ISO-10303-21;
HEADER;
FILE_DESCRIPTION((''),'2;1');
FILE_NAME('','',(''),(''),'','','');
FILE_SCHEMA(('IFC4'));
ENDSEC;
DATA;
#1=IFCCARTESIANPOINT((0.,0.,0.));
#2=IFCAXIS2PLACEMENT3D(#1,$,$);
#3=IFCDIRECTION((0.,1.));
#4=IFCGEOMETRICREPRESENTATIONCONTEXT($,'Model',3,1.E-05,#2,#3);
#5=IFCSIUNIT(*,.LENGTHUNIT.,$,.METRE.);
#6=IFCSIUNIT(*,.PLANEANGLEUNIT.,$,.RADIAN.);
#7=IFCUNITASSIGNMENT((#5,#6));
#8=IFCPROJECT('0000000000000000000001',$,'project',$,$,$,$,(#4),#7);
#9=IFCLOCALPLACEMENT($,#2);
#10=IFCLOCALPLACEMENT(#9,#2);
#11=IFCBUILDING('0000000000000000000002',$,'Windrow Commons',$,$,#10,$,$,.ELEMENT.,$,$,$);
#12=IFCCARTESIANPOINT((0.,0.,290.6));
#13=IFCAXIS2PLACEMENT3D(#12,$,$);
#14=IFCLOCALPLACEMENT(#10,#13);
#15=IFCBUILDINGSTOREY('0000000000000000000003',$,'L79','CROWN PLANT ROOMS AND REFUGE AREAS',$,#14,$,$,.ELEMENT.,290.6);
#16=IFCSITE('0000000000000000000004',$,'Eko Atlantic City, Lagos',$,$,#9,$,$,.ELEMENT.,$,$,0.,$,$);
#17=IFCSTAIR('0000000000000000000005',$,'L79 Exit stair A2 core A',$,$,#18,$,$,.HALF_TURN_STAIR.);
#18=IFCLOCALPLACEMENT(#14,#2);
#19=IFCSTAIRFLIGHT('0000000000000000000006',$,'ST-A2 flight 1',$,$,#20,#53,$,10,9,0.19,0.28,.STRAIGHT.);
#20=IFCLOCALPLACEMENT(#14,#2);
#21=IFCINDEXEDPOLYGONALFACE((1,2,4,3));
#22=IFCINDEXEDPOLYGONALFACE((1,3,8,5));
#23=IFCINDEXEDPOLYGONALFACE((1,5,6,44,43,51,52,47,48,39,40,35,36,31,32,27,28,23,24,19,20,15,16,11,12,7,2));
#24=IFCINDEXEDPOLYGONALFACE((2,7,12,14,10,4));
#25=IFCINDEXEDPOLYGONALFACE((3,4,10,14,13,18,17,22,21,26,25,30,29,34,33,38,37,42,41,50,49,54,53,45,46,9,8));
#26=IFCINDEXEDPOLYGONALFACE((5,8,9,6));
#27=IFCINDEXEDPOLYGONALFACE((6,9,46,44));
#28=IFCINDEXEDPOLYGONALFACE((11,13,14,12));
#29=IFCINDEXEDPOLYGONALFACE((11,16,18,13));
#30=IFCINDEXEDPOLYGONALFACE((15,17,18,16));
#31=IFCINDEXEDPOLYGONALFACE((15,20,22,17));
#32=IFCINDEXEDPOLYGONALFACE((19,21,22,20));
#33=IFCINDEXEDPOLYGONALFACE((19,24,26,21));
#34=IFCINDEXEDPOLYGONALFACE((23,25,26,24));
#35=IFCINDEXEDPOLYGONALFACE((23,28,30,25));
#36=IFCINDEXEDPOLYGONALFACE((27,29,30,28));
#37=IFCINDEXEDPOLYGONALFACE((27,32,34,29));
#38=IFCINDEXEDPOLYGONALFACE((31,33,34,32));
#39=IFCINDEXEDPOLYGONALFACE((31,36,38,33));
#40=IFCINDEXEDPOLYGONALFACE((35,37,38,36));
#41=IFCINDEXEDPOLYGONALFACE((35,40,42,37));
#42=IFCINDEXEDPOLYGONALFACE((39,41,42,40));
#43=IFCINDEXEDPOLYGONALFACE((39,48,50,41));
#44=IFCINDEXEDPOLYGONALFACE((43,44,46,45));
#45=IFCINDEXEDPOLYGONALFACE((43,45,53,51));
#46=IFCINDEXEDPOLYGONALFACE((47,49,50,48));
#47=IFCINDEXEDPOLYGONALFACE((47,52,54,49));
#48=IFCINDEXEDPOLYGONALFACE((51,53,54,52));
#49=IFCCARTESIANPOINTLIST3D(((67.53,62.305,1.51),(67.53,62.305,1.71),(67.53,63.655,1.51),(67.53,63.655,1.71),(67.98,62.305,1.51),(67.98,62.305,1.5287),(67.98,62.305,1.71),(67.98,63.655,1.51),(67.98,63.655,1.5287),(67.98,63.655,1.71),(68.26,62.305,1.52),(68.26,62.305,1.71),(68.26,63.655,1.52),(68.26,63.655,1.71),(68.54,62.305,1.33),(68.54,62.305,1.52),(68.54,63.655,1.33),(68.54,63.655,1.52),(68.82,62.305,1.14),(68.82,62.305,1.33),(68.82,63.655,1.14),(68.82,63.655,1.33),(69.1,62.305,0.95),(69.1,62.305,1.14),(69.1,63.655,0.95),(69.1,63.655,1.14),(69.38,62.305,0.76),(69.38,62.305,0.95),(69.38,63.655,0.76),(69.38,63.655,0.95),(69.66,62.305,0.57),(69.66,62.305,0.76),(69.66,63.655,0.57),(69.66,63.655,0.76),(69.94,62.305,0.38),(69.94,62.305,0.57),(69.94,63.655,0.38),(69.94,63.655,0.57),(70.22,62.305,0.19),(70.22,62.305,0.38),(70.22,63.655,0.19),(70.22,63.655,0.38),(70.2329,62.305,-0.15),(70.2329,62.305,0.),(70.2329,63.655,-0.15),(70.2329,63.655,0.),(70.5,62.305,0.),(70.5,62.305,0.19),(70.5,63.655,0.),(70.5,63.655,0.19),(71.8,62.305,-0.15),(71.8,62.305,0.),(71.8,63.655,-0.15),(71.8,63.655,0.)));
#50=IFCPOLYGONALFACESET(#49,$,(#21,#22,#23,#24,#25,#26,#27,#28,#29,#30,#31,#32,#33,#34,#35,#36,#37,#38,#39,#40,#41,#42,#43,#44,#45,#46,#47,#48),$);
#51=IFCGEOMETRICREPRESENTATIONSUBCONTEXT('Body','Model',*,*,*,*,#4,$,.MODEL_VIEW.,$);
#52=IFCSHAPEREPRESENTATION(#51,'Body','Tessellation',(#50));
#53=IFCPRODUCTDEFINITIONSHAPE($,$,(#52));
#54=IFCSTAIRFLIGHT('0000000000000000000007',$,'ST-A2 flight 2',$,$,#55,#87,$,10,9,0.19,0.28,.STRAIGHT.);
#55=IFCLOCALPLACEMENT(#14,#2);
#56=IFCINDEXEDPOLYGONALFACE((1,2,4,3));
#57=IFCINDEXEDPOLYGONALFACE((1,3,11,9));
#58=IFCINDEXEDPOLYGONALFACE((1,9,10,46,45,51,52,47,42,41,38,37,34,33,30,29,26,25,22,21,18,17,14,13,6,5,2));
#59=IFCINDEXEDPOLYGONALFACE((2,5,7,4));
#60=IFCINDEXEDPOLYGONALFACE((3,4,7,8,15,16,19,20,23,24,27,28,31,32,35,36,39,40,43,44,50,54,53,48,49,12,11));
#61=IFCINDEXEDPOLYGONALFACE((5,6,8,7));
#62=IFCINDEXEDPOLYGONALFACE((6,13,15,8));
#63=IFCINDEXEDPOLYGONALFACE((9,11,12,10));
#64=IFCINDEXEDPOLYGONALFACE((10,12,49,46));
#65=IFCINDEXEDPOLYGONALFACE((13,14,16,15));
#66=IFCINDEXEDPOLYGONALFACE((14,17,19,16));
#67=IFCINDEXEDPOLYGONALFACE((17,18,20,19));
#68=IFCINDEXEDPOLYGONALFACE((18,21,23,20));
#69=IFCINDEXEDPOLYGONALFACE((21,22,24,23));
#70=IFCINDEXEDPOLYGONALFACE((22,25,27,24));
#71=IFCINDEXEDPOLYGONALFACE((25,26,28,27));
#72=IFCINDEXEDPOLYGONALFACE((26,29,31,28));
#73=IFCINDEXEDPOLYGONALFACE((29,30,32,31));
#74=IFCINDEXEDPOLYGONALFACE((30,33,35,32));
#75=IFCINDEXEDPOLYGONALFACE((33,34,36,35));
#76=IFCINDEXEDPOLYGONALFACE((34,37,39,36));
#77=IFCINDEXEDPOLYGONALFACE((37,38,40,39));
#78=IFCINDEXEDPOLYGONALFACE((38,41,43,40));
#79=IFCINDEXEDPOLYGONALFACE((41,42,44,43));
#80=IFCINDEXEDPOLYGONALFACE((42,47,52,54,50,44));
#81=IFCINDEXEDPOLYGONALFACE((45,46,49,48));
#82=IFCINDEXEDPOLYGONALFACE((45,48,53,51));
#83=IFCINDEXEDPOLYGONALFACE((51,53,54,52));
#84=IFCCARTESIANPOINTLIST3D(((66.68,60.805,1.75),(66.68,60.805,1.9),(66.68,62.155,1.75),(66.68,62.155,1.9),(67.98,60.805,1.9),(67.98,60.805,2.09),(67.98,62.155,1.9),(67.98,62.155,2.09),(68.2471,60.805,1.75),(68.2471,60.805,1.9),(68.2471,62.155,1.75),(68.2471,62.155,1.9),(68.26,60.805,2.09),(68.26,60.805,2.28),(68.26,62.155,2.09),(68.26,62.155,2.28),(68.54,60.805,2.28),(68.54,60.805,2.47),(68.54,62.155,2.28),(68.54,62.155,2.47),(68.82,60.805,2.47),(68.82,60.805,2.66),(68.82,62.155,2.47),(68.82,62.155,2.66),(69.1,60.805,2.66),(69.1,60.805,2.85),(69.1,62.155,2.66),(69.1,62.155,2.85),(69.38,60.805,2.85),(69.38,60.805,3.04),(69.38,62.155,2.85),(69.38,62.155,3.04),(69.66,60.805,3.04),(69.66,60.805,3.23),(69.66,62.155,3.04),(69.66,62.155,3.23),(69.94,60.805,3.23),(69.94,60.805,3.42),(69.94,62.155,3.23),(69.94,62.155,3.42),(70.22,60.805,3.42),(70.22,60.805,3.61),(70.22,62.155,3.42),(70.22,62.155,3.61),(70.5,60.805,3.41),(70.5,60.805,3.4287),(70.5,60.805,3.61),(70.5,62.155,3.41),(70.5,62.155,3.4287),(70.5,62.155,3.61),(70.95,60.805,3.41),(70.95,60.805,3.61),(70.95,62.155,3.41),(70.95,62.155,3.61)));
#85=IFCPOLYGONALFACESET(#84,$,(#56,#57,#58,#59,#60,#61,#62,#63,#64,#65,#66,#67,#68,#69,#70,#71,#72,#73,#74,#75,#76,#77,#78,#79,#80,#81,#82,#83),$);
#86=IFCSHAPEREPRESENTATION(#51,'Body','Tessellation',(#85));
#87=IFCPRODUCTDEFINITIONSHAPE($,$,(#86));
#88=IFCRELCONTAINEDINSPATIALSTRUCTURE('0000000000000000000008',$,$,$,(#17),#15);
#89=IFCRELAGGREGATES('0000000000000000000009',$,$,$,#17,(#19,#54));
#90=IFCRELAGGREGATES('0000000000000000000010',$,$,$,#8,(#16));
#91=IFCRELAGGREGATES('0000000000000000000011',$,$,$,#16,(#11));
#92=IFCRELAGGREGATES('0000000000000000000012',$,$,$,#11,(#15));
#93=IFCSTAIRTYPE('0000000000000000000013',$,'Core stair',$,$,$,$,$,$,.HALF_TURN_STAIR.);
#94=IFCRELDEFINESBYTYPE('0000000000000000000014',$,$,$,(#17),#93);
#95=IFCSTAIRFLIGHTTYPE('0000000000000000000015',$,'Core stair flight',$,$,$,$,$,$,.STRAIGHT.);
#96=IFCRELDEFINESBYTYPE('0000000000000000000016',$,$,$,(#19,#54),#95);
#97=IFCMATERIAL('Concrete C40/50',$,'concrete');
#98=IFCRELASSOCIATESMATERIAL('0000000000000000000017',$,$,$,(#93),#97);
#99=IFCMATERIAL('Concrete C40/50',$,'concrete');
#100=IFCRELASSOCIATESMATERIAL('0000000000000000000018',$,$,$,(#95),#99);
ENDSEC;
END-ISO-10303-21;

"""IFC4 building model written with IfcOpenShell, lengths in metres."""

from ifc_helpers import new_model, si_unit, direction, frame, origin, place, context, subcontext, project, spatial, polyline, outline, extrude, material, type_object, element, aggregate, save


model = new_model("IFC4")

# Units and contexts
model_context = context("Model", 3, precision=1e-05, world=origin(), true_north=direction((0.0, 1.0)))
body_context = subcontext(model_context, "Body", "Model", "MODEL_VIEW")
ifc_project = project(units=[si_unit("LENGTHUNIT", "METRE"), si_unit("PLANEANGLEUNIT", "RADIAN")], contexts=[model_context])

# Site, building, storey
site_placement = place(None, origin())
site = spatial("IfcSite", under=ifc_project, at=site_placement, Name="Eko Atlantic City, Lagos", CompositionType="ELEMENT", RefElevation=0.0)
building_placement = place(site_placement, origin())
building = spatial("IfcBuilding", under=site, at=building_placement, Name="Windrow Commons", CompositionType="ELEMENT")
storey_placement = place(building_placement, frame((0.0, 0.0, 290.6)))
storey = spatial("IfcBuildingStorey", under=building, at=storey_placement, Name="L79", Description="CROWN PLANT ROOMS AND REFUGE AREAS", CompositionType="ELEMENT", Elevation=290.6)

# Stair, stair flights
ifc_material_1 = material(Name="Concrete C40/50", Category="concrete")
stair_type = type_object("IfcStairType", Name="Core stair", PredefinedType="HALF_TURN_STAIR", material=ifc_material_1)
stair_placement = place(storey_placement, origin())
stair = element("IfcStair", 1, at=stair_placement, inside=storey, type_object=stair_type, Name="L79 Exit stair A2 core A", PredefinedType="HALF_TURN_STAIR")
ifc_material_2 = material(Name="Concrete C40/50", Category="concrete")
stair_flight_type = type_object("IfcStairFlightType", Name="Core stair flight", PredefinedType="STRAIGHT", material=ifc_material_2)
stair_flight_1_placement = place(storey_placement, frame((70.5, 62.98, 0.0), z_axis=(0.0, 0.0, 1.0), x_axis=(-1.0, 0.0, 0.0)))
stair_flight_1 = element("IfcStairFlight", 2, at=stair_flight_1_placement, type_object=stair_flight_type, Name="ST-A2 flight 1", NumberOfRisers=10, NumberOfTreads=9, PredefinedType="STRAIGHT", RiserHeight=0.19, TreadLength=0.28, context=body_context, shape_type="SweptSolid", body=[
    extrude(outline(polyline([(-1.3, -0.15), (-1.3, 0.0), (0.0, 0.0), (0.0, 0.19), (0.28, 0.19), (0.28, 0.38), (0.56, 0.38), (0.56, 0.57), (0.84, 0.57), (0.84, 0.76), (1.12, 0.76), (1.12, 0.95), (1.4, 0.95), (1.4, 1.14), (1.68, 1.14), (1.68, 1.33), (1.96, 1.33), (1.96, 1.52), (2.24, 1.52), (2.24, 1.71), (2.52, 1.71), (2.97, 1.71), (2.97, 1.51), (2.52, 1.51), (2.52, 1.5287), (0.2671, 0.0), (0.2671, -0.15), (-1.3, -0.15)])), frame((0.0, 0.675, 0.0), z_axis=(0.0, -1.0, 0.0), x_axis=(1.0, 0.0, 0.0)), (0.0, 0.0, 1.0), 1.35),
])
stair_flight_2_placement = place(storey_placement, frame((67.98, 61.48, 1.9), z_axis=(0.0, 0.0, 1.0), x_axis=(1.0, 0.0, 0.0)))
stair_flight_2 = element("IfcStairFlight", 3, at=stair_flight_2_placement, type_object=stair_flight_type, Name="ST-A2 flight 2", NumberOfRisers=10, NumberOfTreads=9, PredefinedType="STRAIGHT", RiserHeight=0.19, TreadLength=0.28, context=body_context, shape_type="SweptSolid", body=[
    extrude(outline(polyline([(-1.3, -0.15), (-1.3, 0.0), (0.0, 0.0), (0.0, 0.19), (0.28, 0.19), (0.28, 0.38), (0.56, 0.38), (0.56, 0.57), (0.84, 0.57), (0.84, 0.76), (1.12, 0.76), (1.12, 0.95), (1.4, 0.95), (1.4, 1.14), (1.68, 1.14), (1.68, 1.33), (1.96, 1.33), (1.96, 1.52), (2.24, 1.52), (2.24, 1.71), (2.52, 1.71), (2.97, 1.71), (2.97, 1.51), (2.52, 1.51), (2.52, 1.5287), (0.2671, 0.0), (0.2671, -0.15), (-1.3, -0.15)])), frame((0.0, 0.675, 0.0), z_axis=(0.0, -1.0, 0.0), x_axis=(1.0, 0.0, 0.0)), (0.0, 0.0, 1.0), 1.35),
])
aggregate(stair, [stair_flight_1, stair_flight_2])

save(model, "model.ifc")
